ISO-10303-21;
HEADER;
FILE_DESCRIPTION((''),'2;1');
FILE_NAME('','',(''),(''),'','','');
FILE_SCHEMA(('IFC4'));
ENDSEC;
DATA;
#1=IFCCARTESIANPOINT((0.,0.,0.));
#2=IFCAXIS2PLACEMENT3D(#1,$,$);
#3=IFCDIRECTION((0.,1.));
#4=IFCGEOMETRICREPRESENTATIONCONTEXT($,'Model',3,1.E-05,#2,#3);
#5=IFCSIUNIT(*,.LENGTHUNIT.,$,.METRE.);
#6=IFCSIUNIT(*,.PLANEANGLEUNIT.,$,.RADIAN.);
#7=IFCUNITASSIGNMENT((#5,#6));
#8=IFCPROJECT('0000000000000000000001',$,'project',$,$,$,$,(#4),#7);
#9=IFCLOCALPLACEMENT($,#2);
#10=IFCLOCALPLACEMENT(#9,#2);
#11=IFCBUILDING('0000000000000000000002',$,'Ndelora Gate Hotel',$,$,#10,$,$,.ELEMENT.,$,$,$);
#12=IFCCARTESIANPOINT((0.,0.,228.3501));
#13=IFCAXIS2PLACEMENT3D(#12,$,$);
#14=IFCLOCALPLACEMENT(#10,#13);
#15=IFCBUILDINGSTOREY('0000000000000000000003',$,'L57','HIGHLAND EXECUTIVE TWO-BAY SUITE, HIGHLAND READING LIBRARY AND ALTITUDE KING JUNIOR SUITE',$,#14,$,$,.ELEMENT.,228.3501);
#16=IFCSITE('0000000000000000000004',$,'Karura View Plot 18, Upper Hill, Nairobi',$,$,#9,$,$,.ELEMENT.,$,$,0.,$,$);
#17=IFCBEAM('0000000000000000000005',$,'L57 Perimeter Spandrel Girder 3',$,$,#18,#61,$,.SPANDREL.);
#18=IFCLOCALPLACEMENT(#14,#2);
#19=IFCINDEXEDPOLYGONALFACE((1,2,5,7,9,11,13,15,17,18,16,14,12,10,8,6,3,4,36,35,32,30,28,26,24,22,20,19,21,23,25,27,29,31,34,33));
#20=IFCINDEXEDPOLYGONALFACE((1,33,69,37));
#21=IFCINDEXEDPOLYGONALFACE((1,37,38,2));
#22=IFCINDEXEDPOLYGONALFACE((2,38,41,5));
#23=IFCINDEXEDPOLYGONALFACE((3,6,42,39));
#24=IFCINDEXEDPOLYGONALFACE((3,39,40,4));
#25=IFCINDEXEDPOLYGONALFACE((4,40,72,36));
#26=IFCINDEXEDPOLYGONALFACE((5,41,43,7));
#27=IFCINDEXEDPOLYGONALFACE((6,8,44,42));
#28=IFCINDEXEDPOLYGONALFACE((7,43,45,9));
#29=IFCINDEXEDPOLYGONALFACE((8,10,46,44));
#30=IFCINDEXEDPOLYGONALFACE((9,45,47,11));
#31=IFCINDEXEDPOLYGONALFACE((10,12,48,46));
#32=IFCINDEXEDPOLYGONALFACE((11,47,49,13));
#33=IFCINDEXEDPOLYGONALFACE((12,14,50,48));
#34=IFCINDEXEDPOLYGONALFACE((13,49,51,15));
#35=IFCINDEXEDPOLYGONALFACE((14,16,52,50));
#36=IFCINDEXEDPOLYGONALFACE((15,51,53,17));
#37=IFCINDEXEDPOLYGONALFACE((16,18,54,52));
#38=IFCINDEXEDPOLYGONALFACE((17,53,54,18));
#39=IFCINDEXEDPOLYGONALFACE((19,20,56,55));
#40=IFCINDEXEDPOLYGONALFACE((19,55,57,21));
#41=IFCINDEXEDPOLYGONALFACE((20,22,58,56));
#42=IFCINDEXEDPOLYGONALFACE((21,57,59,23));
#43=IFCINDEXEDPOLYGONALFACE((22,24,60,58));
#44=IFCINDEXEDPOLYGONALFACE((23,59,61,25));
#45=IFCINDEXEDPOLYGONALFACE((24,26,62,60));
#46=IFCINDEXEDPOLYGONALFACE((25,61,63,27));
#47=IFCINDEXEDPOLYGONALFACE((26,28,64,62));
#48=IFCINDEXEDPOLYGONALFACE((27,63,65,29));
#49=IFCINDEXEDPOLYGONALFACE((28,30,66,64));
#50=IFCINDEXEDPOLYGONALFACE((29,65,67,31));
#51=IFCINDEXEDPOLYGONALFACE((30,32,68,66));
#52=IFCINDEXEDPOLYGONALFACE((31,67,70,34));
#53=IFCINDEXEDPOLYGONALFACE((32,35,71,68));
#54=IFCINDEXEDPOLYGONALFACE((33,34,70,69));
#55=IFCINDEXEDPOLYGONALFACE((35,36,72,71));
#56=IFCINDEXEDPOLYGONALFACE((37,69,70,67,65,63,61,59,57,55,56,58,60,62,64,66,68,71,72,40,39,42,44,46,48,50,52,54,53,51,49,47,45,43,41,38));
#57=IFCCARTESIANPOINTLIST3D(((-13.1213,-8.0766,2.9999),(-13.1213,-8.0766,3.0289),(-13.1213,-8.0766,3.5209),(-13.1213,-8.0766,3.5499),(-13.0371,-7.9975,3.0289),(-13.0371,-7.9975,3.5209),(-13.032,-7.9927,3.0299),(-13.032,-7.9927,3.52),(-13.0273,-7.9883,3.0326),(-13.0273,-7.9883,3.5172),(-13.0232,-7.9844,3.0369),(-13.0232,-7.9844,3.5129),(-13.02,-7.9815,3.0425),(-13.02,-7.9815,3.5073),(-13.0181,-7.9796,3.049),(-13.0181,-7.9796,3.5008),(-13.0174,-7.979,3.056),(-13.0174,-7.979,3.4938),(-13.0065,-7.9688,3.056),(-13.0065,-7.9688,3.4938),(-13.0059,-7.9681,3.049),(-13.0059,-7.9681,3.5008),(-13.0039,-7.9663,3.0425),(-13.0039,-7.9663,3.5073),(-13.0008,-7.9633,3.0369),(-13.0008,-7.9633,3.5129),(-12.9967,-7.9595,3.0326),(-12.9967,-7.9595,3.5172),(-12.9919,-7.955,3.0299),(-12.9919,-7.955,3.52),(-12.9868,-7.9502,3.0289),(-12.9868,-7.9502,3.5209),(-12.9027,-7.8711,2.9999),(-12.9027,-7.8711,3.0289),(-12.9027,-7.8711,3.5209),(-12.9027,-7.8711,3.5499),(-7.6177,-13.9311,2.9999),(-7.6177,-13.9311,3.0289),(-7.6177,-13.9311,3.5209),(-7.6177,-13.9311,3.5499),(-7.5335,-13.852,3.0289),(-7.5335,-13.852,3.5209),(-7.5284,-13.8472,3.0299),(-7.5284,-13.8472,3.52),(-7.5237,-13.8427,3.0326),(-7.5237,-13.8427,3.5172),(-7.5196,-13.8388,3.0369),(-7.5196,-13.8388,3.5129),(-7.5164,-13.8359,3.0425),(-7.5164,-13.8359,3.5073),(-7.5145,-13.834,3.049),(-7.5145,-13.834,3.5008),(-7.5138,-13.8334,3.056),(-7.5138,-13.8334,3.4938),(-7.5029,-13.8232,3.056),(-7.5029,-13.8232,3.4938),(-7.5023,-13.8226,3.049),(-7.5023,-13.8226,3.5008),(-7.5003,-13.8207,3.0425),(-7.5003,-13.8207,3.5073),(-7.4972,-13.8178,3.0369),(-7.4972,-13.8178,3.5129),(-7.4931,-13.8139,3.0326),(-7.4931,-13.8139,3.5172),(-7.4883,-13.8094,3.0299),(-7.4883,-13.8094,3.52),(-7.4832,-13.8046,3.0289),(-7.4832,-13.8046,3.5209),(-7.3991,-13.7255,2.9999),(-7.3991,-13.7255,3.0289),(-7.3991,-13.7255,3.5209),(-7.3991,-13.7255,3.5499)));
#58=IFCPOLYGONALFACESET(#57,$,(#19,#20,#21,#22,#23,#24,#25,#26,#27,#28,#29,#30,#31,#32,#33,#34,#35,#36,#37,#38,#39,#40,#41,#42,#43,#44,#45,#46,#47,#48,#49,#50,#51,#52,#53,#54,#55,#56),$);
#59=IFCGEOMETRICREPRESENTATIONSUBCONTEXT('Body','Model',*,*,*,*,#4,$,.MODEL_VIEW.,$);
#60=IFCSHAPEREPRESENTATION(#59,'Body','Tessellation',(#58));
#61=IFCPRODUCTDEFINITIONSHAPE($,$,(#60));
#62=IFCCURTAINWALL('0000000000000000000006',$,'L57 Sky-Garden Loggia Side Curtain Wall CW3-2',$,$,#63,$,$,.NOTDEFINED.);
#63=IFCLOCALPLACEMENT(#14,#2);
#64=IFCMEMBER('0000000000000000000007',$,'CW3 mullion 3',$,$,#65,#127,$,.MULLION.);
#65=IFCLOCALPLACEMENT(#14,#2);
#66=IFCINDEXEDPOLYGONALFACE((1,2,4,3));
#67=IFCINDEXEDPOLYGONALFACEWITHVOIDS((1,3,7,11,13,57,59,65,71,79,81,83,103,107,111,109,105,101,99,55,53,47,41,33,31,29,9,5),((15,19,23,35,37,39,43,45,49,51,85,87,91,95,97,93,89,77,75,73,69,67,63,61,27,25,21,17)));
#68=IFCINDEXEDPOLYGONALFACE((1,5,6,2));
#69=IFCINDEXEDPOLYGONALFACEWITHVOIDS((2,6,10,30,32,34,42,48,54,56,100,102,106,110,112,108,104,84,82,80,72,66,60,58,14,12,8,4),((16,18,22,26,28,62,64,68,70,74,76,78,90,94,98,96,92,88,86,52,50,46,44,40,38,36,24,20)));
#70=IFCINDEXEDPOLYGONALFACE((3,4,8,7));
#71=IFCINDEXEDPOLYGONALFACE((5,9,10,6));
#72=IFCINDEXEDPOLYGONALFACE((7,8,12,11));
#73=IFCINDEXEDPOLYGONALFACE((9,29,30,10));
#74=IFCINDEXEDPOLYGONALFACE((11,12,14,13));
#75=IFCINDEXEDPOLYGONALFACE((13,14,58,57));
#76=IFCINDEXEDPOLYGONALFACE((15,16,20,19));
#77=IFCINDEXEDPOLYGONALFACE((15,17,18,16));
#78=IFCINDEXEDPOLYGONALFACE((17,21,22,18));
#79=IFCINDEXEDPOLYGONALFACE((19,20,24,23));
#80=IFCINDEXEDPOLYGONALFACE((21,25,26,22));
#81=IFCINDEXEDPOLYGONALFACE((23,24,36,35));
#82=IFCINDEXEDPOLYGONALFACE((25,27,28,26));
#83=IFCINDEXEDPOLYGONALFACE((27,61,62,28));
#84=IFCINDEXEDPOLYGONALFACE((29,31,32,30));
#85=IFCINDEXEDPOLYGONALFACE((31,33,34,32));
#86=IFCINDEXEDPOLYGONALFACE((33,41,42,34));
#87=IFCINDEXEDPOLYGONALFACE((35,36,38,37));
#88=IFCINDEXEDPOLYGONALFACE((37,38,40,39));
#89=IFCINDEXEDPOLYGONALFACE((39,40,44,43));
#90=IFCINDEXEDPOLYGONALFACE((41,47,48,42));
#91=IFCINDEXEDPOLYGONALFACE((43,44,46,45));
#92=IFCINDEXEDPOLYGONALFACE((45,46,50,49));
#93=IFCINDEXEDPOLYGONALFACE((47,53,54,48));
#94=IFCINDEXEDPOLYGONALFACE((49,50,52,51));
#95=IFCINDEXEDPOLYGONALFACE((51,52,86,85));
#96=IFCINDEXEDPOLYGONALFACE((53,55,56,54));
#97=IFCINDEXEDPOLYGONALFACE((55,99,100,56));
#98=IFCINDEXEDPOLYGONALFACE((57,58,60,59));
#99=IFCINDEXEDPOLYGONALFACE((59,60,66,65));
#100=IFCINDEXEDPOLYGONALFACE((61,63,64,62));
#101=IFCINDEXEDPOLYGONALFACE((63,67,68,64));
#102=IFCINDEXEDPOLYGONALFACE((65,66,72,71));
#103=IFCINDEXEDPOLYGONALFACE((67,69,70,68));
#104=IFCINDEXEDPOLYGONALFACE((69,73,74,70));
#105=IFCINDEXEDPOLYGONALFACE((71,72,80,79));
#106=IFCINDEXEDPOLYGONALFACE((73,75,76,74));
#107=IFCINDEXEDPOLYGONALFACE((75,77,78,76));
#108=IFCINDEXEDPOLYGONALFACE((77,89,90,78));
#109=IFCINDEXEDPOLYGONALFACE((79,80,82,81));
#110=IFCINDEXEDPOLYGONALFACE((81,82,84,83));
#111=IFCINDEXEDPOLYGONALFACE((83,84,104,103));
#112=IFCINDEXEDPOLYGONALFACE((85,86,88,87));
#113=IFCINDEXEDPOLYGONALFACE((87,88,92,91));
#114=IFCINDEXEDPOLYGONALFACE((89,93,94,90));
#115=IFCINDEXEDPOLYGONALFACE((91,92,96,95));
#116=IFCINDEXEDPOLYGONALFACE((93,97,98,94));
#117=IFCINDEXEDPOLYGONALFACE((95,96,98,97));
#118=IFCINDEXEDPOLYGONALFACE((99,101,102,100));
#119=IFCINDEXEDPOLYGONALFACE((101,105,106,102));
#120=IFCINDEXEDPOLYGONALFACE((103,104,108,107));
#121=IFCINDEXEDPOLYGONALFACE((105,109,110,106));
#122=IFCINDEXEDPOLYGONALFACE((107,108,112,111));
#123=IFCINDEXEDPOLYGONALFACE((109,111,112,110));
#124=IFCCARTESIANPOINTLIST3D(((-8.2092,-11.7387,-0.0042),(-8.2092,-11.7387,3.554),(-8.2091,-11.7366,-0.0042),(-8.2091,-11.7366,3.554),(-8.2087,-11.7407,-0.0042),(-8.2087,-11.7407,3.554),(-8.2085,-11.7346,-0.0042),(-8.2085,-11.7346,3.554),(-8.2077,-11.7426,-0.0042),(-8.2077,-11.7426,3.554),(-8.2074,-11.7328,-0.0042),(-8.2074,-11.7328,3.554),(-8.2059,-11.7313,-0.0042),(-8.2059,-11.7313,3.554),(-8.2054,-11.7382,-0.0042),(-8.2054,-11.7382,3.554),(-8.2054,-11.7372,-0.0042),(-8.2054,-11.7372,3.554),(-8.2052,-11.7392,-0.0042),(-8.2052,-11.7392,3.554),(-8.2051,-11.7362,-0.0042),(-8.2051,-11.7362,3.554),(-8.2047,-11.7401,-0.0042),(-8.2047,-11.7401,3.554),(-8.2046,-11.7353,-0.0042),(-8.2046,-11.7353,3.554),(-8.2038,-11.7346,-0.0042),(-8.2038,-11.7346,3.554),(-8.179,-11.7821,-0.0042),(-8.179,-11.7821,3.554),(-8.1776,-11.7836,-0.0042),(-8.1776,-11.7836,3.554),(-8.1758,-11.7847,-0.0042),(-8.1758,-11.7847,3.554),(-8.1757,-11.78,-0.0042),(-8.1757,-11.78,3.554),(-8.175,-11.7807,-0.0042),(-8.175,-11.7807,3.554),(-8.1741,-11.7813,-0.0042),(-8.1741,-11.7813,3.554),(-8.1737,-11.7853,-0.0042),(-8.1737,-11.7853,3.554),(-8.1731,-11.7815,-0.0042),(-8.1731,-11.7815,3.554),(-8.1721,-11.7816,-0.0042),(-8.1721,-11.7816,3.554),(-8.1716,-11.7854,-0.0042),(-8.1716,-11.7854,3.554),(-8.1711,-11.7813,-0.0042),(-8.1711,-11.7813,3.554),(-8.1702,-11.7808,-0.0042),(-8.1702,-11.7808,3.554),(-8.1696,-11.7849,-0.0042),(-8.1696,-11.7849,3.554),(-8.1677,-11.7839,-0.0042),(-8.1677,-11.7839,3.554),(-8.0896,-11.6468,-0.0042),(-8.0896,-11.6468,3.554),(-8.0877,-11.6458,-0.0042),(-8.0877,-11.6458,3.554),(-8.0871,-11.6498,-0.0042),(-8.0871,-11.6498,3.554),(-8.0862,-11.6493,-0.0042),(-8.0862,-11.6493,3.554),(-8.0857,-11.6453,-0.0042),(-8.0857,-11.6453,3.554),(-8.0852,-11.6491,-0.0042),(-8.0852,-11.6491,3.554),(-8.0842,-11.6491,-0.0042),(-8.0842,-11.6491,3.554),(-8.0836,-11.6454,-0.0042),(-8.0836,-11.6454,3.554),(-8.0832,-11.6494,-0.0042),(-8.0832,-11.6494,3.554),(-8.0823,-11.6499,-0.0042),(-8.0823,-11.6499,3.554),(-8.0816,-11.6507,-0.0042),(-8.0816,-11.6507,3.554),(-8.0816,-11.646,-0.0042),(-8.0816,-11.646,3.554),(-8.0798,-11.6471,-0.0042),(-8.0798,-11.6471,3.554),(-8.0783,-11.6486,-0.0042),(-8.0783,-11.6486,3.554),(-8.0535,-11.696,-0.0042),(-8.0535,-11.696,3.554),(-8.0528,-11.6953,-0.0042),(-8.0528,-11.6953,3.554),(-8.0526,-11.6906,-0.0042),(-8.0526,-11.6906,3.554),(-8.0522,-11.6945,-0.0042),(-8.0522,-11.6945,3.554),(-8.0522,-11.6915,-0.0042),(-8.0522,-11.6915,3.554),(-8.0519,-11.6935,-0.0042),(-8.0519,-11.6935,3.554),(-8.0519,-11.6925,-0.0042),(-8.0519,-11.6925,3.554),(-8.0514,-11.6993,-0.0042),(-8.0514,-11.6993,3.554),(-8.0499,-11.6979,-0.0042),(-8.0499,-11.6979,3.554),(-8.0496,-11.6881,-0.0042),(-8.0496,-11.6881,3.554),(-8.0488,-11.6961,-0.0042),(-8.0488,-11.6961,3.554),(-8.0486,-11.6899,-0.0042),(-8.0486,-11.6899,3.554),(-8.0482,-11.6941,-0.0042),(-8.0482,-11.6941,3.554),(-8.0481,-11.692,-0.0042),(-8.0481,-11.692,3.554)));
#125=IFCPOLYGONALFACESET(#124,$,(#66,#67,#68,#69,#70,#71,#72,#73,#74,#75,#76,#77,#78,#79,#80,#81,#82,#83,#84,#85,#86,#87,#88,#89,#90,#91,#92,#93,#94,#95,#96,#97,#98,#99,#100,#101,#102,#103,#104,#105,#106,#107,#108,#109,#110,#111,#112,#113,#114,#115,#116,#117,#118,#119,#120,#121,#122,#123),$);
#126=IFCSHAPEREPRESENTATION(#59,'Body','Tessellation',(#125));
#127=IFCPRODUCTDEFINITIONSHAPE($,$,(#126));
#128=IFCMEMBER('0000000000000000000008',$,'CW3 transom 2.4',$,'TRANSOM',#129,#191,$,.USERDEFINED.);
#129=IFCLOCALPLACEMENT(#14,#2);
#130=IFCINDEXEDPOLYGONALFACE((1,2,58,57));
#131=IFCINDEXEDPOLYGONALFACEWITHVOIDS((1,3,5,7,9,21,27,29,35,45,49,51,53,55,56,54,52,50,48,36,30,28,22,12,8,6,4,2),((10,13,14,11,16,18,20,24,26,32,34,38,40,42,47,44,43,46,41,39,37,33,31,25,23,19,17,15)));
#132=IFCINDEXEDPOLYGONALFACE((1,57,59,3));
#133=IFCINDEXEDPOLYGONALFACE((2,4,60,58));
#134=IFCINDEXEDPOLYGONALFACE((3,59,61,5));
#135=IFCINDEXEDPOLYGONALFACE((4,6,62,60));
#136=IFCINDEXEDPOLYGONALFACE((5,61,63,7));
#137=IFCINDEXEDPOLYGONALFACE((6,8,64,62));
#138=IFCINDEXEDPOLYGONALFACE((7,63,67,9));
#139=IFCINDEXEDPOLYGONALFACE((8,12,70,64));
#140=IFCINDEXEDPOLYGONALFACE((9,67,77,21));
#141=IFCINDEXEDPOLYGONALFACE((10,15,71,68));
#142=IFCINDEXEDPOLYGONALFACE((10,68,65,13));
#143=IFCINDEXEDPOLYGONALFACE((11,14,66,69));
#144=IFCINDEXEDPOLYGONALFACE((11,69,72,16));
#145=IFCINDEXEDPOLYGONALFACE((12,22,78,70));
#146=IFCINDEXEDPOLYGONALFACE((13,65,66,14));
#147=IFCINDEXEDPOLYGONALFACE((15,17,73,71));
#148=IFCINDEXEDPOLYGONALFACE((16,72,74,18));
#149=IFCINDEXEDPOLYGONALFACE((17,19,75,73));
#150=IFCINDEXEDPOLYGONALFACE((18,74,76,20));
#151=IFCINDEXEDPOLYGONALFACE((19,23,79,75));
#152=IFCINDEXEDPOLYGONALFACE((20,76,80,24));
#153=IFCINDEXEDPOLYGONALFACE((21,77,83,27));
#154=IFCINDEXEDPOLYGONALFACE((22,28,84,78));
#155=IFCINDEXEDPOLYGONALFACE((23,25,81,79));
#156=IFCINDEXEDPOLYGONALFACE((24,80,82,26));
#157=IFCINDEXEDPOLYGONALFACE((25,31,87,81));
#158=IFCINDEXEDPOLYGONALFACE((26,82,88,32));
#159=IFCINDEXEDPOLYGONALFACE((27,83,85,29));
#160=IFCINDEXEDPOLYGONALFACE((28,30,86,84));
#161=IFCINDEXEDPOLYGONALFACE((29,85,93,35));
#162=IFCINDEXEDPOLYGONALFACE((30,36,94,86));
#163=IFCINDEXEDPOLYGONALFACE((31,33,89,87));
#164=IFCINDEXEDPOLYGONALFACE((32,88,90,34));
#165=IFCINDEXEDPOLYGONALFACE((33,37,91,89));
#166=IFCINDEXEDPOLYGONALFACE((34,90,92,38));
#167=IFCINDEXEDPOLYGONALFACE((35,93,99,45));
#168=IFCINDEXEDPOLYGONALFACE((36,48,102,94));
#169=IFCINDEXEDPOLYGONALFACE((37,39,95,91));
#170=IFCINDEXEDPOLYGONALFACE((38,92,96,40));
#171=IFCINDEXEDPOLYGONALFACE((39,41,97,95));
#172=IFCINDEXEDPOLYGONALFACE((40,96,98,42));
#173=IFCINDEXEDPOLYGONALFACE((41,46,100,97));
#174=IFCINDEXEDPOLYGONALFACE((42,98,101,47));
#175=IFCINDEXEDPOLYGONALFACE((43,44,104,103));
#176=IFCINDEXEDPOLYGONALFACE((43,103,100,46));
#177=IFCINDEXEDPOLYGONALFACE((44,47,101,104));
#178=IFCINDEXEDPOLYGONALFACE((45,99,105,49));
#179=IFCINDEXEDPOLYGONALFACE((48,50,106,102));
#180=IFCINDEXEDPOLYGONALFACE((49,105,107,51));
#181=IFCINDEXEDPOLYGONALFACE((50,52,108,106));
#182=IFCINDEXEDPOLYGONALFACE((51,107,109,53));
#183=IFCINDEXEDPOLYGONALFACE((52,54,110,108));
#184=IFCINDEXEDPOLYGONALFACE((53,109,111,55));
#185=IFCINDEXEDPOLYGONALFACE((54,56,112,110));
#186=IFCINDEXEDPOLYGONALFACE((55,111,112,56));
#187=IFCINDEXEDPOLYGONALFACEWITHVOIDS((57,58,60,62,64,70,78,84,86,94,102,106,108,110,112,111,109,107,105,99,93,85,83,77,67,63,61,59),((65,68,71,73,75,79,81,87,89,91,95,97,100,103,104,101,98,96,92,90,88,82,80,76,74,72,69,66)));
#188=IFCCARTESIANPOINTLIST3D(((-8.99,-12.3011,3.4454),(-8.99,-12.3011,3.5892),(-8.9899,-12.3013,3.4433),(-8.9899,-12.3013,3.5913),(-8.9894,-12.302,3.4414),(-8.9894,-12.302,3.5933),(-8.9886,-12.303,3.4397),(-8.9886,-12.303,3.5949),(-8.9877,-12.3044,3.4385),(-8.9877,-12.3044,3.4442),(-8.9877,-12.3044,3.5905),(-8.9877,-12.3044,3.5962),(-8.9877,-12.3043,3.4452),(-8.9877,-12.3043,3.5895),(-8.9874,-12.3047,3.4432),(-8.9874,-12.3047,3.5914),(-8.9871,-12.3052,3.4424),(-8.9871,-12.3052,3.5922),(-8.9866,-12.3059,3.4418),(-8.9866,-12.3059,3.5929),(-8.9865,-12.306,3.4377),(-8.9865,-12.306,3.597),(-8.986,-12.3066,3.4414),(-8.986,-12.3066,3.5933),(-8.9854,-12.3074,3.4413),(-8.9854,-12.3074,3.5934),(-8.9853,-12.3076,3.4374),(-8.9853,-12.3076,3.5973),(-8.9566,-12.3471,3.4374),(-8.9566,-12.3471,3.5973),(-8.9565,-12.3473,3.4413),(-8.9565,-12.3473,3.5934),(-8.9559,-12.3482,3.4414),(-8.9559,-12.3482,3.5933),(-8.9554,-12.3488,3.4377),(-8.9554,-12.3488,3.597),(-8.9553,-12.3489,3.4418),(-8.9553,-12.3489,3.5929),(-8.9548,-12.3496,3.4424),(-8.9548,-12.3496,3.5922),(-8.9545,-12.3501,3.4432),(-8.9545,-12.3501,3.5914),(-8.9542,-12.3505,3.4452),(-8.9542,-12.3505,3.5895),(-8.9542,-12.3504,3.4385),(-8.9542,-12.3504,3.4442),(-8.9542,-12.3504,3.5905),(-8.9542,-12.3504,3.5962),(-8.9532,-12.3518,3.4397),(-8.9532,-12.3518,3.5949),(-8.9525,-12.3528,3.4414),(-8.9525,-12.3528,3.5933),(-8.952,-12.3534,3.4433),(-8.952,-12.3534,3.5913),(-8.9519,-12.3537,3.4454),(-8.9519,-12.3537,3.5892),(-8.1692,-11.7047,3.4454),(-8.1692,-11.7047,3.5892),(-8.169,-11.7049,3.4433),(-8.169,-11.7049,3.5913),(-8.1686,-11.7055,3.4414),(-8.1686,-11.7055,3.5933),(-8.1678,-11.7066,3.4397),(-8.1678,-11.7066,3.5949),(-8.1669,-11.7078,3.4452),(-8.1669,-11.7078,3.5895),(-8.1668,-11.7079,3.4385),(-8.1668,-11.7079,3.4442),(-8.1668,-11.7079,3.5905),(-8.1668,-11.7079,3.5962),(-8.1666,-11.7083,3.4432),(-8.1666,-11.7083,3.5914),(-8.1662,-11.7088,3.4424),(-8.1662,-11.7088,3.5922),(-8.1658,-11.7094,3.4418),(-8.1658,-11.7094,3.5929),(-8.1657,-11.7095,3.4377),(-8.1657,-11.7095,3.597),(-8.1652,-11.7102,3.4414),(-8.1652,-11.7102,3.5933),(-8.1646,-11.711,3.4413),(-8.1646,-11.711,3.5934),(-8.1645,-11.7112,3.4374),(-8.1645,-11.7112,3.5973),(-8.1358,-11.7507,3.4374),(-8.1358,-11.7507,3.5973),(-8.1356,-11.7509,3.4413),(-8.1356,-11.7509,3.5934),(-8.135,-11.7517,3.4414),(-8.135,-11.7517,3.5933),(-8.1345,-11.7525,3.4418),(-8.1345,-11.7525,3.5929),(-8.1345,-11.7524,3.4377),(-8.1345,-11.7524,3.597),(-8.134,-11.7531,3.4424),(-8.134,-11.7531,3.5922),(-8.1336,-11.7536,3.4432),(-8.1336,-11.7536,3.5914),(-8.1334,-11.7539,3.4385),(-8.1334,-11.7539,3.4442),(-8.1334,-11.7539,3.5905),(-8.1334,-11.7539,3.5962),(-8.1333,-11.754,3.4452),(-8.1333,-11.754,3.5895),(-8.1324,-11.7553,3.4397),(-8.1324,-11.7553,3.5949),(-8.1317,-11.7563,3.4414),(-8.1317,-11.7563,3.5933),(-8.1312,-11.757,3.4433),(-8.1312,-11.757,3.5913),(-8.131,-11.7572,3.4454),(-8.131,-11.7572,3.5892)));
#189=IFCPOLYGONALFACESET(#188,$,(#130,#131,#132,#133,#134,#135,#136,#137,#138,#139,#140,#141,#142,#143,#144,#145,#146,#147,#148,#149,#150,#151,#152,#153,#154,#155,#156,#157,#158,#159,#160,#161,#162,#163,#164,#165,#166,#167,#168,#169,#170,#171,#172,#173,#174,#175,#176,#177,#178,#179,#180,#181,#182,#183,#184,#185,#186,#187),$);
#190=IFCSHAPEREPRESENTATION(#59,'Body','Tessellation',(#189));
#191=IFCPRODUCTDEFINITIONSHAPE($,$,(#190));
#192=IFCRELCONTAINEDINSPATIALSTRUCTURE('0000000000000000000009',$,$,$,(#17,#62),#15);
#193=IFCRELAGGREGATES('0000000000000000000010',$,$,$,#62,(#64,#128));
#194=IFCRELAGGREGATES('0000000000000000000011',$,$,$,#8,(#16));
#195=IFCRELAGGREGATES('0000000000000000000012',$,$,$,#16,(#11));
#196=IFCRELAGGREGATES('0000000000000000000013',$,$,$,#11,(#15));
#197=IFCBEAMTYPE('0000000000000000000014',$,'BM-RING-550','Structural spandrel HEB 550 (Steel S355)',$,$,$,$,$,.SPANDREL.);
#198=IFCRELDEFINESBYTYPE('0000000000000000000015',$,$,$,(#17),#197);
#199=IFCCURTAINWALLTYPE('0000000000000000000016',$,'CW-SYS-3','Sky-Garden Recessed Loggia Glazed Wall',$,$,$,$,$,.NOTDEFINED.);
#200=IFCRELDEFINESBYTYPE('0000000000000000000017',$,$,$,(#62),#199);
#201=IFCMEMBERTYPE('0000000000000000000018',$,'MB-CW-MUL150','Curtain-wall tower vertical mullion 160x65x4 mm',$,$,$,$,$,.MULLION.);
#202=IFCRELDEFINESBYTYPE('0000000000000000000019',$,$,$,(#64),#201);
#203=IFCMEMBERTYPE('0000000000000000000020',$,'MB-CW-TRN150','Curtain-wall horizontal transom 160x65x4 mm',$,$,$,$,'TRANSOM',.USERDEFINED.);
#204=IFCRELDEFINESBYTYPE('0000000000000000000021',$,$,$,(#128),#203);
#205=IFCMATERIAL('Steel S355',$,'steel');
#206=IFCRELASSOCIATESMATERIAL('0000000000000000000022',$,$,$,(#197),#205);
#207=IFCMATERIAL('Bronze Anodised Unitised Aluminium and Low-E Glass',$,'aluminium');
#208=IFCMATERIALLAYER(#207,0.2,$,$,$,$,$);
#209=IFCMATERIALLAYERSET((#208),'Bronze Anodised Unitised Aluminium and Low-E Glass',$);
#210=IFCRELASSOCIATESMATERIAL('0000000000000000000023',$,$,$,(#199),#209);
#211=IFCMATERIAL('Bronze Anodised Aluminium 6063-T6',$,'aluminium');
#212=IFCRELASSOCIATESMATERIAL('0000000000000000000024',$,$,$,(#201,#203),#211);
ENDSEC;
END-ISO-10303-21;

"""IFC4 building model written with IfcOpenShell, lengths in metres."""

from ifc_helpers import new_model, si_unit, direction, frame, origin, origin_2d, place, context, subcontext, project, spatial, hollow_rectangle, i_section, extrude, material, layer, layer_set, material_profile, profile_set, type_object, element, aggregate, save


model = new_model("IFC4")

# Units and contexts
model_context = context("Model", 3, precision=1e-05, world=origin(), true_north=direction((0.0, 1.0)))
body_context = subcontext(model_context, "Body", "Model", "MODEL_VIEW")
ifc_project = project(units=[si_unit("LENGTHUNIT", "METRE"), si_unit("PLANEANGLEUNIT", "RADIAN")], contexts=[model_context])

# Site, building, storey
site_placement = place(None, origin())
site = spatial("IfcSite", under=ifc_project, at=site_placement, Name="Karura View Plot 18, Upper Hill, Nairobi", CompositionType="ELEMENT", RefElevation=0.0)
building_placement = place(site_placement, origin())
building = spatial("IfcBuilding", under=site, at=building_placement, Name="Ndelora Gate Hotel", CompositionType="ELEMENT")
storey_placement = place(building_placement, frame((0.0, 0.0, 228.3501)))
storey = spatial("IfcBuildingStorey", under=building, at=storey_placement, Name="L57", Description="HIGHLAND EXECUTIVE TWO-BAY SUITE, HIGHLAND READING LIBRARY AND ALTITUDE KING JUNIOR SUITE", CompositionType="ELEMENT", Elevation=228.3501)

# Beam
ifc_material_1 = material(Name="Steel S355", Category="steel")
ifc_material_profile_1 = material_profile(ifc_material_1, i_section(OverallWidth=0.3, OverallDepth=0.55, WebThickness=0.0149, FlangeThickness=0.0291, FilletRadius=0.0271, at=origin_2d()), Name="HEB 550")
ifc_profile_set_1 = profile_set([ifc_material_profile_1], Name="Steel S355")
beam_type_1 = type_object("IfcBeamType", Name="BM-RING-550", Description="Structural spandrel HEB 550 (Steel S355)", PredefinedType="SPANDREL", material=ifc_profile_set_1)
beam_1_placement = place(storey_placement, frame((-13.012, -7.9739, 3.2749), z_axis=(0.684939, -0.7286, 0.0), x_axis=(0.7286, 0.684939, 0.0)))
element("IfcBeam", 1, at=beam_1_placement, inside=storey, type_object=beam_type_1, Name="L57 Perimeter Spandrel Girder 3", PredefinedType="SPANDREL", context=body_context, shape_type="SweptSolid", body=[
    extrude(i_section(OverallWidth=0.3, OverallDepth=0.55, WebThickness=0.0149, FlangeThickness=0.0291, FilletRadius=0.0271, at=origin_2d()), origin(), (0.0, 0.0, 1.0), 8.0352),
])

# Curtain wall, members
ifc_material_2 = material(Name="Bronze Anodised Unitised Aluminium and Low-E Glass", Category="aluminium")
ifc_layer_1 = layer(ifc_material_2, 0.2)
ifc_layer_set_1 = layer_set([ifc_layer_1], Name="Bronze Anodised Unitised Aluminium and Low-E Glass")
curtain_wall_type = type_object("IfcCurtainWallType", Name="CW-SYS-3", Description="Sky-Garden Recessed Loggia Glazed Wall", PredefinedType="NOTDEFINED", material=ifc_layer_set_1)
curtain_wall_placement = place(storey_placement, origin())
curtain_wall = element("IfcCurtainWall", 2, at=curtain_wall_placement, inside=storey, type_object=curtain_wall_type, Name="L57 Sky-Garden Loggia Side Curtain Wall CW3-2", PredefinedType="NOTDEFINED")
ifc_material_3 = material(Name="Bronze Anodised Aluminium 6063-T6", Category="aluminium")
ifc_material_profile_2 = material_profile(ifc_material_3, hollow_rectangle(XDim=0.0649, YDim=0.1599, WallThickness=0.0039, InnerFilletRadius=0.0039, OuterFilletRadius=0.0081, at=origin_2d()), Name="ALU 160x65x4")
ifc_profile_set_2 = profile_set([ifc_material_profile_2], Name="Bronze Anodised Aluminium 6063-T6")
member_type_1 = type_object("IfcMemberType", Name="MB-CW-MUL150", Description="Curtain-wall tower vertical mullion 160x65x4 mm", PredefinedType="MULLION", material=ifc_profile_set_2)
member_1_placement = place(storey_placement, frame((-8.1287, -11.7153, -0.0042), z_axis=(0.0, 0.0, 1.0), x_axis=(-0.587764, 0.809033, 0.0)))
member_1 = element("IfcMember", 3, at=member_1_placement, type_object=member_type_1, Name="CW3 mullion 3", PredefinedType="MULLION", context=body_context, shape_type="SweptSolid", body=[
    extrude(hollow_rectangle(XDim=0.0649, YDim=0.1599, WallThickness=0.0039, InnerFilletRadius=0.0039, OuterFilletRadius=0.0081, at=origin_2d()), origin(), (0.0, 0.0, 1.0), 3.5581),
])
ifc_material_profile_3 = material_profile(ifc_material_3, hollow_rectangle(XDim=0.0649, YDim=0.1599, WallThickness=0.0039, InnerFilletRadius=0.0039, OuterFilletRadius=0.0081, at=origin_2d()), Name="ALU 160x65x4")
ifc_profile_set_3 = profile_set([ifc_material_profile_3], Name="Bronze Anodised Aluminium 6063-T6")
member_type_2 = type_object("IfcMemberType", Name="MB-CW-TRN150", Description="Curtain-wall horizontal transom 160x65x4 mm", ElementType="TRANSOM", PredefinedType="USERDEFINED", material=ifc_profile_set_3)
member_2_placement = place(storey_placement, frame((-8.9709, -12.3274, 3.5173), z_axis=(0.808975, 0.587843, 0.0), x_axis=(-0.587843, 0.808975, 0.0)))
member_2 = element("IfcMember", 4, at=member_2_placement, type_object=member_type_2, Name="CW3 transom 2.4", ObjectType="TRANSOM", PredefinedType="USERDEFINED", context=body_context, shape_type="SweptSolid", body=[
    extrude(hollow_rectangle(XDim=0.0649, YDim=0.1599, WallThickness=0.0039, InnerFilletRadius=0.0039, OuterFilletRadius=0.0081, at=origin_2d()), origin(), (0.0, 0.0, 1.0), 1.0146),
])
aggregate(curtain_wall, [member_1, member_2])

save(model, "model.ifc")
